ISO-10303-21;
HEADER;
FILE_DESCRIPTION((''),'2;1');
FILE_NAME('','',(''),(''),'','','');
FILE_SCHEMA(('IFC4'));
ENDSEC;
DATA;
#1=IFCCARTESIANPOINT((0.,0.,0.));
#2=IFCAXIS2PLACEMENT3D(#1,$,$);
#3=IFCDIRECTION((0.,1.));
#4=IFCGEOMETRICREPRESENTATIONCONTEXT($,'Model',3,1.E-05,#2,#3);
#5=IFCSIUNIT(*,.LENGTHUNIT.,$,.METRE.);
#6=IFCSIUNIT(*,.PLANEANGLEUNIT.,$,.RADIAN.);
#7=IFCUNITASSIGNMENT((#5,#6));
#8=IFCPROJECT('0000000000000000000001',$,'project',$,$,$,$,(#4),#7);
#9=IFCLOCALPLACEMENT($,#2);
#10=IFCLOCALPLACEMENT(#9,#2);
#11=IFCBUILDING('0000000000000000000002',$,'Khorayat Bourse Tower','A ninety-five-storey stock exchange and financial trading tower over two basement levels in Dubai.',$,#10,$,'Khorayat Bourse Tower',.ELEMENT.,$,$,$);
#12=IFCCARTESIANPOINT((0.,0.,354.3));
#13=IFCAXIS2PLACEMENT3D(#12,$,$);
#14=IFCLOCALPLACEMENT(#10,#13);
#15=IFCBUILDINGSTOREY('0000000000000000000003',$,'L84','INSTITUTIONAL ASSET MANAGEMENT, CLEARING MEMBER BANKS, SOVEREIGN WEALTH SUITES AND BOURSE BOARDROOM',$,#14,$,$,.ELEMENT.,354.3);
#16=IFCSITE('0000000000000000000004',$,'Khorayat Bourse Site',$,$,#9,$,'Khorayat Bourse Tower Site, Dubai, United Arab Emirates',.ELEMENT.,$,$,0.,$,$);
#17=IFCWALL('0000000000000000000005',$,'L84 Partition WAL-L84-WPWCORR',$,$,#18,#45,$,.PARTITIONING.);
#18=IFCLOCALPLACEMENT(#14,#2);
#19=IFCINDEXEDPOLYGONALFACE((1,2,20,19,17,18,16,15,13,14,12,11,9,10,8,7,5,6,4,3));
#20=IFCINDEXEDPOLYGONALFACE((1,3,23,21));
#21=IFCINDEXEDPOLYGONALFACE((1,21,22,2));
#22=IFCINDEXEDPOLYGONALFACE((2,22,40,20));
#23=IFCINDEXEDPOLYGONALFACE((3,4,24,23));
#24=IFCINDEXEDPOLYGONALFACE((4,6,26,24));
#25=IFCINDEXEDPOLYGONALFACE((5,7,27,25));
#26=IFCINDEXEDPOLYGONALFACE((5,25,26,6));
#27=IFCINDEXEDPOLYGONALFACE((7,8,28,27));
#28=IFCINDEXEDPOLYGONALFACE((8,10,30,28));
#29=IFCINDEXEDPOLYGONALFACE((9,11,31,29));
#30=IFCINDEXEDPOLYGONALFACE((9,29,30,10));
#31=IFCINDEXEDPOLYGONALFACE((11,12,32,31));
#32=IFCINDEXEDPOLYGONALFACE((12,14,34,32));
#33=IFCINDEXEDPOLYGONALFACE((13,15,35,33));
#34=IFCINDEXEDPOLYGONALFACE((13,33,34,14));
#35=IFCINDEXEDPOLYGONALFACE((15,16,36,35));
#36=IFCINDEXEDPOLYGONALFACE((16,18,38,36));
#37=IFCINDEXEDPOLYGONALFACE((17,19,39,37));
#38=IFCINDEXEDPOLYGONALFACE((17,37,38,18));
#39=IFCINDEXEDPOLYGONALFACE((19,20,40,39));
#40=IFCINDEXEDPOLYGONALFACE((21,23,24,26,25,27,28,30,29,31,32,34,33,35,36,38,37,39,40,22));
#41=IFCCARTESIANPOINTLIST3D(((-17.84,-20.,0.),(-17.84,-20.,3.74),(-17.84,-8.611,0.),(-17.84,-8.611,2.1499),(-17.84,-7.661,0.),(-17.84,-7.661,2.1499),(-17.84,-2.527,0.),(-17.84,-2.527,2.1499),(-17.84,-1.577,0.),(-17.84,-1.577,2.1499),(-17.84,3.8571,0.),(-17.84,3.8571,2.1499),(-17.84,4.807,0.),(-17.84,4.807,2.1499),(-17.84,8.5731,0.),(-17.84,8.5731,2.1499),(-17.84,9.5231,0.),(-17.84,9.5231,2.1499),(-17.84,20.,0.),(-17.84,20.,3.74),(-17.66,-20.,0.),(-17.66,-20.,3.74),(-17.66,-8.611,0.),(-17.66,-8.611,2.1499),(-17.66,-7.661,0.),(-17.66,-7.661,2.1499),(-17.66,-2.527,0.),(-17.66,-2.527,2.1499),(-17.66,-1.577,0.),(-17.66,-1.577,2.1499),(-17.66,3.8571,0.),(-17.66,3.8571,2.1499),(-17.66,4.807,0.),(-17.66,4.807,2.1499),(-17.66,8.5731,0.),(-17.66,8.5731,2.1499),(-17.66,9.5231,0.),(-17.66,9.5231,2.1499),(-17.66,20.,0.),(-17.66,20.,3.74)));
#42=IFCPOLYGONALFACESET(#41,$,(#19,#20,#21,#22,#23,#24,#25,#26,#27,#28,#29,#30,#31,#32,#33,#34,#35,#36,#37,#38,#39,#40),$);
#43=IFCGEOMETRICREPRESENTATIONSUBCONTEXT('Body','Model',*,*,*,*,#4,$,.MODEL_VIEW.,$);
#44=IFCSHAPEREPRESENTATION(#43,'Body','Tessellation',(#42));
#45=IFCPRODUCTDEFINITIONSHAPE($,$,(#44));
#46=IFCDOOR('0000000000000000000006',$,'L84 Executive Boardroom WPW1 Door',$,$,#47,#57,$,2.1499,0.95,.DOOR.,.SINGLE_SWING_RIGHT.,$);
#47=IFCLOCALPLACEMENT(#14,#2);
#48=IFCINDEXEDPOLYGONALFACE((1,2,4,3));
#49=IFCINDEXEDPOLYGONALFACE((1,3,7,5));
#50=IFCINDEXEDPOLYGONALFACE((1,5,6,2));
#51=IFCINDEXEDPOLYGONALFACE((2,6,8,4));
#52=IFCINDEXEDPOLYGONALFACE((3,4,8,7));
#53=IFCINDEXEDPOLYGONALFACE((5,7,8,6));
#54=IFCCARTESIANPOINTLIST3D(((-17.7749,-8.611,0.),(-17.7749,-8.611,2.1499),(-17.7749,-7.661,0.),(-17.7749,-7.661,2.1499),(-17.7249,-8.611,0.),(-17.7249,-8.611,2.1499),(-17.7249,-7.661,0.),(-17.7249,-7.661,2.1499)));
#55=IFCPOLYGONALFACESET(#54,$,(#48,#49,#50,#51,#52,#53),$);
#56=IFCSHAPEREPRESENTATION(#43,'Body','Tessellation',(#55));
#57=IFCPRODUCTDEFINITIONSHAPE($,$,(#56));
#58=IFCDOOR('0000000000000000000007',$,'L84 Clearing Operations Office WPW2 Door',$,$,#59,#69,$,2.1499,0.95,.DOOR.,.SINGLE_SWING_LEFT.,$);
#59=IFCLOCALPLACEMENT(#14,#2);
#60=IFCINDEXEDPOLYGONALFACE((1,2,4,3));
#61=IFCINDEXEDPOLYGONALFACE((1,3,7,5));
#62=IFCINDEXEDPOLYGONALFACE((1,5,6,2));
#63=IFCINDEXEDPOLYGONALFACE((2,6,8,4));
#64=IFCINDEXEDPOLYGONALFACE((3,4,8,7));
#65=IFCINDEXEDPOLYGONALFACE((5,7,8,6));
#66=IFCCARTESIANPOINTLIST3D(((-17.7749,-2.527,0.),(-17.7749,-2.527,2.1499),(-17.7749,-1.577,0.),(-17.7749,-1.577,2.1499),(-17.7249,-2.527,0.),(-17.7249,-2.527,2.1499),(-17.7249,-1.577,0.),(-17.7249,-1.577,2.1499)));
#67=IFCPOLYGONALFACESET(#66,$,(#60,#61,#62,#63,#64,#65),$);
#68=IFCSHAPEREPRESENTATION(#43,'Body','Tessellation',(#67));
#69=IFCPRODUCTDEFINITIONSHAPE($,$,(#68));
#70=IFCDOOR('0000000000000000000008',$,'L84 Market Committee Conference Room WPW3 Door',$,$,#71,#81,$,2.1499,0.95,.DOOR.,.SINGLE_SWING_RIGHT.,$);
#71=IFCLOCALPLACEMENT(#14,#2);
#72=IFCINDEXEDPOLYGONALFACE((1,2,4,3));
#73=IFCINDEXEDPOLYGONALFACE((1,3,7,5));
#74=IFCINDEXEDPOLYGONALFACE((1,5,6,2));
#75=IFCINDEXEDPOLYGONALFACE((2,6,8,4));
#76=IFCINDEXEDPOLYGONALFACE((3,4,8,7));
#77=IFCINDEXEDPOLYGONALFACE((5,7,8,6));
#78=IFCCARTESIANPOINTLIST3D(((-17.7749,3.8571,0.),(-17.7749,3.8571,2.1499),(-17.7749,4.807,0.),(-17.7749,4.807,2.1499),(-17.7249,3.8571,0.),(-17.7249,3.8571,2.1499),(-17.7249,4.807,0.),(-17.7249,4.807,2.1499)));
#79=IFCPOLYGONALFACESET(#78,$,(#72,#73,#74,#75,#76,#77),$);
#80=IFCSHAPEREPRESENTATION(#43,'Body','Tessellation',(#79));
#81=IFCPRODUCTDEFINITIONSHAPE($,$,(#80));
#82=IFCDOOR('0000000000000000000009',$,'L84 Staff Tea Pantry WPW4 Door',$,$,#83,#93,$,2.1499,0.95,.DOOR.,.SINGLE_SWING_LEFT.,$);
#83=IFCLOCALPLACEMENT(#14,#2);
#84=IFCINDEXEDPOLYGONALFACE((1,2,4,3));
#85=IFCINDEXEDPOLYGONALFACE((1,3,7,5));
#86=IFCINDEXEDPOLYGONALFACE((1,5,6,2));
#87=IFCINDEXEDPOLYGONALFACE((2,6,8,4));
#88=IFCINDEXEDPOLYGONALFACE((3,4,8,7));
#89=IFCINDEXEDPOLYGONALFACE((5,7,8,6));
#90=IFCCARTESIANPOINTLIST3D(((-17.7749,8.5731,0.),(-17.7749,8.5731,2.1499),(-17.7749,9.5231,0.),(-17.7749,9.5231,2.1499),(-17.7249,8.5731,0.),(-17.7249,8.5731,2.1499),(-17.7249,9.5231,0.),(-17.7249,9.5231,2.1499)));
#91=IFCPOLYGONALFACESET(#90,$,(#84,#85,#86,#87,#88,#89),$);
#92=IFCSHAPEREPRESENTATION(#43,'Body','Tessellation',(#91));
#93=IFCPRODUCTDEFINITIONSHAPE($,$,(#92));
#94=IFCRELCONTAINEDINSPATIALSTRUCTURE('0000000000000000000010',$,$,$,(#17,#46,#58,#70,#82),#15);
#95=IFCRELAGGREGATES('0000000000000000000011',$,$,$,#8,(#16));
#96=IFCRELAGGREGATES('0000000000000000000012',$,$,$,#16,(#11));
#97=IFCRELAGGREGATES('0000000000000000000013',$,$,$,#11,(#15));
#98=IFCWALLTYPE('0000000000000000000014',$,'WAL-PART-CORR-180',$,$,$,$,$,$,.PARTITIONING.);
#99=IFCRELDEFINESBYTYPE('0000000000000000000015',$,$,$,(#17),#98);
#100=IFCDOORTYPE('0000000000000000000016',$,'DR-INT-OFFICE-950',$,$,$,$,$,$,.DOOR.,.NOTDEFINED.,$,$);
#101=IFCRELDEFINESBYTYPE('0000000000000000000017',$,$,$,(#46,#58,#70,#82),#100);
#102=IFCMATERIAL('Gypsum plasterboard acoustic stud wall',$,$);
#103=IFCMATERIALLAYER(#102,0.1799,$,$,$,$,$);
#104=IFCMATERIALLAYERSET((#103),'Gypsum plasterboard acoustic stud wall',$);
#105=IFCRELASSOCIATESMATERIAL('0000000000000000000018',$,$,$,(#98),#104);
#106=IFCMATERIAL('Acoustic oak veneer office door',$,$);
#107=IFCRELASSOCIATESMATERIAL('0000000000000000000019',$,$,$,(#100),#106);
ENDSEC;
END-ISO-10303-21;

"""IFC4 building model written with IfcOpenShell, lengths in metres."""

from ifc_helpers import new_model, si_unit, direction, frame, frame_2d, origin, place, context, subcontext, project, spatial, rectangle, extrude, source, transform, mapped, material, layer, layer_set, type_object, element, fill, save


model = new_model("IFC4")

# Units and contexts
model_context = context("Model", 3, precision=1e-05, world=origin(), true_north=direction((0.0, 1.0)))
body_context = subcontext(model_context, "Body", "Model", "MODEL_VIEW")
ifc_project = project(units=[si_unit("LENGTHUNIT", "METRE"), si_unit("PLANEANGLEUNIT", "RADIAN")], contexts=[model_context])

# Site, building, storey
site_placement = place(None, origin())
site = spatial("IfcSite", under=ifc_project, at=site_placement, Name="Khorayat Bourse Site", LongName="Khorayat Bourse Tower Site, Dubai, United Arab Emirates", CompositionType="ELEMENT", RefElevation=0.0)
building_placement = place(site_placement, origin())
building = spatial("IfcBuilding", under=site, at=building_placement, Name="Khorayat Bourse Tower", Description="A ninety-five-storey stock exchange and financial trading tower over two basement levels in Dubai.", LongName="Khorayat Bourse Tower", CompositionType="ELEMENT")
storey_placement = place(building_placement, frame((0.0, 0.0, 354.3)))
storey = spatial("IfcBuildingStorey", under=building, at=storey_placement, Name="L84", Description="INSTITUTIONAL ASSET MANAGEMENT, CLEARING MEMBER BANKS, SOVEREIGN WEALTH SUITES AND BOURSE BOARDROOM", CompositionType="ELEMENT", Elevation=354.3)

# Wall, openings, doors
ifc_material_1 = material(Name="Gypsum plasterboard acoustic stud wall")
ifc_layer_1 = layer(ifc_material_1, 0.1799)
ifc_layer_set_1 = layer_set([ifc_layer_1], Name="Gypsum plasterboard acoustic stud wall")
wall_type_1 = type_object("IfcWallType", Name="WAL-PART-CORR-180", PredefinedType="PARTITIONING", material=ifc_layer_set_1)
shared_shape_1 = source(origin(), body_context, "Body", "SweptSolid", [
    extrude(rectangle(XDim=40.0, YDim=0.1799, at=frame_2d((20.0, 0.0))), origin(), (0.0, 0.0, 1.0), 3.74),
])
wall_1_placement = place(storey_placement, frame((-17.75, -20.0, 0.0), z_axis=(0.0, 0.0, 1.0), x_axis=(0.0, 1.0, 0.0)))
wall_1 = element("IfcWall", 1, at=wall_1_placement, inside=storey, type_object=wall_type_1, Name="L84 Partition WAL-L84-WPWCORR", PredefinedType="PARTITIONING", context=body_context, shape_type="MappedRepresentation", body=[
    mapped(shared_shape_1, transform((0.0, 0.0, 0.0), scale=1.0)),
])
shared_shape_2 = source(origin(), body_context, "Body", "SweptSolid", [
    extrude(rectangle(XDim=0.95, YDim=2.1499, at=frame_2d((0.4751, 1.075))), frame((0.0, 0.0999, 0.0), z_axis=(0.0, -1.0, 0.0), x_axis=(1.0, 0.0, 0.0)), (0.0, 0.0, 1.0), 0.2),
])
opening_1_placement = place(wall_1_placement, frame((11.3889, 0.0, 0.0)))
opening_1 = element("IfcOpeningElement", 2, at=opening_1_placement, cuts=wall_1, PredefinedType="OPENING", context=body_context, shape_type="MappedRepresentation", body=[
    mapped(shared_shape_2, transform((0.0, 0.0, 0.0), scale=1.0)),
])
opening_2_placement = place(wall_1_placement, frame((17.4729, 0.0, 0.0)))
opening_2 = element("IfcOpeningElement", 3, at=opening_2_placement, cuts=wall_1, PredefinedType="OPENING", context=body_context, shape_type="MappedRepresentation", body=[
    mapped(shared_shape_2, transform((0.0, 0.0, 0.0), scale=1.0)),
])
opening_3_placement = place(wall_1_placement, frame((23.8569, 0.0, 0.0)))
opening_3 = element("IfcOpeningElement", 4, at=opening_3_placement, cuts=wall_1, PredefinedType="OPENING", context=body_context, shape_type="MappedRepresentation", body=[
    mapped(shared_shape_2, transform((0.0, 0.0, 0.0), scale=1.0)),
])
opening_4_placement = place(wall_1_placement, frame((28.573, 0.0, 0.0)))
opening_4 = element("IfcOpeningElement", 5, at=opening_4_placement, cuts=wall_1, PredefinedType="OPENING", context=body_context, shape_type="MappedRepresentation", body=[
    mapped(shared_shape_2, transform((0.0, 0.0, 0.0), scale=1.0)),
])
ifc_material_2 = material(Name="Acoustic oak veneer office door")
door_type = type_object("IfcDoorType", Name="DR-INT-OFFICE-950", OperationType="NOTDEFINED", PredefinedType="DOOR", material=ifc_material_2)
shared_shape_3 = source(origin(), body_context, "Body", "SweptSolid", [
    extrude(rectangle(XDim=0.95, YDim=2.1499, at=frame_2d((0.4751, 1.075))), frame((0.0, 0.0249, 0.0), z_axis=(0.0, -1.0, 0.0), x_axis=(1.0, 0.0, 0.0)), (0.0, 0.0, 1.0), 0.05),
])
door_1_placement = place(opening_1_placement, origin())
door_1 = element("IfcDoor", 6, at=door_1_placement, inside=storey, type_object=door_type, Name="L84 Executive Boardroom WPW1 Door", OperationType="SINGLE_SWING_RIGHT", OverallHeight=2.1499, OverallWidth=0.95, PredefinedType="DOOR", context=body_context, shape_type="MappedRepresentation", body=[
    mapped(shared_shape_3, transform((0.0, 0.0, 0.0), scale=1.0)),
])
fill(opening_1, door_1)
door_2_placement = place(opening_2_placement, origin())
door_2 = element("IfcDoor", 7, at=door_2_placement, inside=storey, type_object=door_type, Name="L84 Clearing Operations Office WPW2 Door", OperationType="SINGLE_SWING_LEFT", OverallHeight=2.1499, OverallWidth=0.95, PredefinedType="DOOR", context=body_context, shape_type="MappedRepresentation", body=[
    mapped(shared_shape_3, transform((0.0, 0.0, 0.0), scale=1.0)),
])
fill(opening_2, door_2)
door_3_placement = place(opening_3_placement, origin())
door_3 = element("IfcDoor", 8, at=door_3_placement, inside=storey, type_object=door_type, Name="L84 Market Committee Conference Room WPW3 Door", OperationType="SINGLE_SWING_RIGHT", OverallHeight=2.1499, OverallWidth=0.95, PredefinedType="DOOR", context=body_context, shape_type="MappedRepresentation", body=[
    mapped(shared_shape_3, transform((0.0, 0.0, 0.0), scale=1.0)),
])
fill(opening_3, door_3)
door_4_placement = place(opening_4_placement, origin())
door_4 = element("IfcDoor", 9, at=door_4_placement, inside=storey, type_object=door_type, Name="L84 Staff Tea Pantry WPW4 Door", OperationType="SINGLE_SWING_LEFT", OverallHeight=2.1499, OverallWidth=0.95, PredefinedType="DOOR", context=body_context, shape_type="MappedRepresentation", body=[
    mapped(shared_shape_3, transform((0.0, 0.0, 0.0), scale=1.0)),
])
fill(opening_4, door_4)

save(model, "model.ifc")
